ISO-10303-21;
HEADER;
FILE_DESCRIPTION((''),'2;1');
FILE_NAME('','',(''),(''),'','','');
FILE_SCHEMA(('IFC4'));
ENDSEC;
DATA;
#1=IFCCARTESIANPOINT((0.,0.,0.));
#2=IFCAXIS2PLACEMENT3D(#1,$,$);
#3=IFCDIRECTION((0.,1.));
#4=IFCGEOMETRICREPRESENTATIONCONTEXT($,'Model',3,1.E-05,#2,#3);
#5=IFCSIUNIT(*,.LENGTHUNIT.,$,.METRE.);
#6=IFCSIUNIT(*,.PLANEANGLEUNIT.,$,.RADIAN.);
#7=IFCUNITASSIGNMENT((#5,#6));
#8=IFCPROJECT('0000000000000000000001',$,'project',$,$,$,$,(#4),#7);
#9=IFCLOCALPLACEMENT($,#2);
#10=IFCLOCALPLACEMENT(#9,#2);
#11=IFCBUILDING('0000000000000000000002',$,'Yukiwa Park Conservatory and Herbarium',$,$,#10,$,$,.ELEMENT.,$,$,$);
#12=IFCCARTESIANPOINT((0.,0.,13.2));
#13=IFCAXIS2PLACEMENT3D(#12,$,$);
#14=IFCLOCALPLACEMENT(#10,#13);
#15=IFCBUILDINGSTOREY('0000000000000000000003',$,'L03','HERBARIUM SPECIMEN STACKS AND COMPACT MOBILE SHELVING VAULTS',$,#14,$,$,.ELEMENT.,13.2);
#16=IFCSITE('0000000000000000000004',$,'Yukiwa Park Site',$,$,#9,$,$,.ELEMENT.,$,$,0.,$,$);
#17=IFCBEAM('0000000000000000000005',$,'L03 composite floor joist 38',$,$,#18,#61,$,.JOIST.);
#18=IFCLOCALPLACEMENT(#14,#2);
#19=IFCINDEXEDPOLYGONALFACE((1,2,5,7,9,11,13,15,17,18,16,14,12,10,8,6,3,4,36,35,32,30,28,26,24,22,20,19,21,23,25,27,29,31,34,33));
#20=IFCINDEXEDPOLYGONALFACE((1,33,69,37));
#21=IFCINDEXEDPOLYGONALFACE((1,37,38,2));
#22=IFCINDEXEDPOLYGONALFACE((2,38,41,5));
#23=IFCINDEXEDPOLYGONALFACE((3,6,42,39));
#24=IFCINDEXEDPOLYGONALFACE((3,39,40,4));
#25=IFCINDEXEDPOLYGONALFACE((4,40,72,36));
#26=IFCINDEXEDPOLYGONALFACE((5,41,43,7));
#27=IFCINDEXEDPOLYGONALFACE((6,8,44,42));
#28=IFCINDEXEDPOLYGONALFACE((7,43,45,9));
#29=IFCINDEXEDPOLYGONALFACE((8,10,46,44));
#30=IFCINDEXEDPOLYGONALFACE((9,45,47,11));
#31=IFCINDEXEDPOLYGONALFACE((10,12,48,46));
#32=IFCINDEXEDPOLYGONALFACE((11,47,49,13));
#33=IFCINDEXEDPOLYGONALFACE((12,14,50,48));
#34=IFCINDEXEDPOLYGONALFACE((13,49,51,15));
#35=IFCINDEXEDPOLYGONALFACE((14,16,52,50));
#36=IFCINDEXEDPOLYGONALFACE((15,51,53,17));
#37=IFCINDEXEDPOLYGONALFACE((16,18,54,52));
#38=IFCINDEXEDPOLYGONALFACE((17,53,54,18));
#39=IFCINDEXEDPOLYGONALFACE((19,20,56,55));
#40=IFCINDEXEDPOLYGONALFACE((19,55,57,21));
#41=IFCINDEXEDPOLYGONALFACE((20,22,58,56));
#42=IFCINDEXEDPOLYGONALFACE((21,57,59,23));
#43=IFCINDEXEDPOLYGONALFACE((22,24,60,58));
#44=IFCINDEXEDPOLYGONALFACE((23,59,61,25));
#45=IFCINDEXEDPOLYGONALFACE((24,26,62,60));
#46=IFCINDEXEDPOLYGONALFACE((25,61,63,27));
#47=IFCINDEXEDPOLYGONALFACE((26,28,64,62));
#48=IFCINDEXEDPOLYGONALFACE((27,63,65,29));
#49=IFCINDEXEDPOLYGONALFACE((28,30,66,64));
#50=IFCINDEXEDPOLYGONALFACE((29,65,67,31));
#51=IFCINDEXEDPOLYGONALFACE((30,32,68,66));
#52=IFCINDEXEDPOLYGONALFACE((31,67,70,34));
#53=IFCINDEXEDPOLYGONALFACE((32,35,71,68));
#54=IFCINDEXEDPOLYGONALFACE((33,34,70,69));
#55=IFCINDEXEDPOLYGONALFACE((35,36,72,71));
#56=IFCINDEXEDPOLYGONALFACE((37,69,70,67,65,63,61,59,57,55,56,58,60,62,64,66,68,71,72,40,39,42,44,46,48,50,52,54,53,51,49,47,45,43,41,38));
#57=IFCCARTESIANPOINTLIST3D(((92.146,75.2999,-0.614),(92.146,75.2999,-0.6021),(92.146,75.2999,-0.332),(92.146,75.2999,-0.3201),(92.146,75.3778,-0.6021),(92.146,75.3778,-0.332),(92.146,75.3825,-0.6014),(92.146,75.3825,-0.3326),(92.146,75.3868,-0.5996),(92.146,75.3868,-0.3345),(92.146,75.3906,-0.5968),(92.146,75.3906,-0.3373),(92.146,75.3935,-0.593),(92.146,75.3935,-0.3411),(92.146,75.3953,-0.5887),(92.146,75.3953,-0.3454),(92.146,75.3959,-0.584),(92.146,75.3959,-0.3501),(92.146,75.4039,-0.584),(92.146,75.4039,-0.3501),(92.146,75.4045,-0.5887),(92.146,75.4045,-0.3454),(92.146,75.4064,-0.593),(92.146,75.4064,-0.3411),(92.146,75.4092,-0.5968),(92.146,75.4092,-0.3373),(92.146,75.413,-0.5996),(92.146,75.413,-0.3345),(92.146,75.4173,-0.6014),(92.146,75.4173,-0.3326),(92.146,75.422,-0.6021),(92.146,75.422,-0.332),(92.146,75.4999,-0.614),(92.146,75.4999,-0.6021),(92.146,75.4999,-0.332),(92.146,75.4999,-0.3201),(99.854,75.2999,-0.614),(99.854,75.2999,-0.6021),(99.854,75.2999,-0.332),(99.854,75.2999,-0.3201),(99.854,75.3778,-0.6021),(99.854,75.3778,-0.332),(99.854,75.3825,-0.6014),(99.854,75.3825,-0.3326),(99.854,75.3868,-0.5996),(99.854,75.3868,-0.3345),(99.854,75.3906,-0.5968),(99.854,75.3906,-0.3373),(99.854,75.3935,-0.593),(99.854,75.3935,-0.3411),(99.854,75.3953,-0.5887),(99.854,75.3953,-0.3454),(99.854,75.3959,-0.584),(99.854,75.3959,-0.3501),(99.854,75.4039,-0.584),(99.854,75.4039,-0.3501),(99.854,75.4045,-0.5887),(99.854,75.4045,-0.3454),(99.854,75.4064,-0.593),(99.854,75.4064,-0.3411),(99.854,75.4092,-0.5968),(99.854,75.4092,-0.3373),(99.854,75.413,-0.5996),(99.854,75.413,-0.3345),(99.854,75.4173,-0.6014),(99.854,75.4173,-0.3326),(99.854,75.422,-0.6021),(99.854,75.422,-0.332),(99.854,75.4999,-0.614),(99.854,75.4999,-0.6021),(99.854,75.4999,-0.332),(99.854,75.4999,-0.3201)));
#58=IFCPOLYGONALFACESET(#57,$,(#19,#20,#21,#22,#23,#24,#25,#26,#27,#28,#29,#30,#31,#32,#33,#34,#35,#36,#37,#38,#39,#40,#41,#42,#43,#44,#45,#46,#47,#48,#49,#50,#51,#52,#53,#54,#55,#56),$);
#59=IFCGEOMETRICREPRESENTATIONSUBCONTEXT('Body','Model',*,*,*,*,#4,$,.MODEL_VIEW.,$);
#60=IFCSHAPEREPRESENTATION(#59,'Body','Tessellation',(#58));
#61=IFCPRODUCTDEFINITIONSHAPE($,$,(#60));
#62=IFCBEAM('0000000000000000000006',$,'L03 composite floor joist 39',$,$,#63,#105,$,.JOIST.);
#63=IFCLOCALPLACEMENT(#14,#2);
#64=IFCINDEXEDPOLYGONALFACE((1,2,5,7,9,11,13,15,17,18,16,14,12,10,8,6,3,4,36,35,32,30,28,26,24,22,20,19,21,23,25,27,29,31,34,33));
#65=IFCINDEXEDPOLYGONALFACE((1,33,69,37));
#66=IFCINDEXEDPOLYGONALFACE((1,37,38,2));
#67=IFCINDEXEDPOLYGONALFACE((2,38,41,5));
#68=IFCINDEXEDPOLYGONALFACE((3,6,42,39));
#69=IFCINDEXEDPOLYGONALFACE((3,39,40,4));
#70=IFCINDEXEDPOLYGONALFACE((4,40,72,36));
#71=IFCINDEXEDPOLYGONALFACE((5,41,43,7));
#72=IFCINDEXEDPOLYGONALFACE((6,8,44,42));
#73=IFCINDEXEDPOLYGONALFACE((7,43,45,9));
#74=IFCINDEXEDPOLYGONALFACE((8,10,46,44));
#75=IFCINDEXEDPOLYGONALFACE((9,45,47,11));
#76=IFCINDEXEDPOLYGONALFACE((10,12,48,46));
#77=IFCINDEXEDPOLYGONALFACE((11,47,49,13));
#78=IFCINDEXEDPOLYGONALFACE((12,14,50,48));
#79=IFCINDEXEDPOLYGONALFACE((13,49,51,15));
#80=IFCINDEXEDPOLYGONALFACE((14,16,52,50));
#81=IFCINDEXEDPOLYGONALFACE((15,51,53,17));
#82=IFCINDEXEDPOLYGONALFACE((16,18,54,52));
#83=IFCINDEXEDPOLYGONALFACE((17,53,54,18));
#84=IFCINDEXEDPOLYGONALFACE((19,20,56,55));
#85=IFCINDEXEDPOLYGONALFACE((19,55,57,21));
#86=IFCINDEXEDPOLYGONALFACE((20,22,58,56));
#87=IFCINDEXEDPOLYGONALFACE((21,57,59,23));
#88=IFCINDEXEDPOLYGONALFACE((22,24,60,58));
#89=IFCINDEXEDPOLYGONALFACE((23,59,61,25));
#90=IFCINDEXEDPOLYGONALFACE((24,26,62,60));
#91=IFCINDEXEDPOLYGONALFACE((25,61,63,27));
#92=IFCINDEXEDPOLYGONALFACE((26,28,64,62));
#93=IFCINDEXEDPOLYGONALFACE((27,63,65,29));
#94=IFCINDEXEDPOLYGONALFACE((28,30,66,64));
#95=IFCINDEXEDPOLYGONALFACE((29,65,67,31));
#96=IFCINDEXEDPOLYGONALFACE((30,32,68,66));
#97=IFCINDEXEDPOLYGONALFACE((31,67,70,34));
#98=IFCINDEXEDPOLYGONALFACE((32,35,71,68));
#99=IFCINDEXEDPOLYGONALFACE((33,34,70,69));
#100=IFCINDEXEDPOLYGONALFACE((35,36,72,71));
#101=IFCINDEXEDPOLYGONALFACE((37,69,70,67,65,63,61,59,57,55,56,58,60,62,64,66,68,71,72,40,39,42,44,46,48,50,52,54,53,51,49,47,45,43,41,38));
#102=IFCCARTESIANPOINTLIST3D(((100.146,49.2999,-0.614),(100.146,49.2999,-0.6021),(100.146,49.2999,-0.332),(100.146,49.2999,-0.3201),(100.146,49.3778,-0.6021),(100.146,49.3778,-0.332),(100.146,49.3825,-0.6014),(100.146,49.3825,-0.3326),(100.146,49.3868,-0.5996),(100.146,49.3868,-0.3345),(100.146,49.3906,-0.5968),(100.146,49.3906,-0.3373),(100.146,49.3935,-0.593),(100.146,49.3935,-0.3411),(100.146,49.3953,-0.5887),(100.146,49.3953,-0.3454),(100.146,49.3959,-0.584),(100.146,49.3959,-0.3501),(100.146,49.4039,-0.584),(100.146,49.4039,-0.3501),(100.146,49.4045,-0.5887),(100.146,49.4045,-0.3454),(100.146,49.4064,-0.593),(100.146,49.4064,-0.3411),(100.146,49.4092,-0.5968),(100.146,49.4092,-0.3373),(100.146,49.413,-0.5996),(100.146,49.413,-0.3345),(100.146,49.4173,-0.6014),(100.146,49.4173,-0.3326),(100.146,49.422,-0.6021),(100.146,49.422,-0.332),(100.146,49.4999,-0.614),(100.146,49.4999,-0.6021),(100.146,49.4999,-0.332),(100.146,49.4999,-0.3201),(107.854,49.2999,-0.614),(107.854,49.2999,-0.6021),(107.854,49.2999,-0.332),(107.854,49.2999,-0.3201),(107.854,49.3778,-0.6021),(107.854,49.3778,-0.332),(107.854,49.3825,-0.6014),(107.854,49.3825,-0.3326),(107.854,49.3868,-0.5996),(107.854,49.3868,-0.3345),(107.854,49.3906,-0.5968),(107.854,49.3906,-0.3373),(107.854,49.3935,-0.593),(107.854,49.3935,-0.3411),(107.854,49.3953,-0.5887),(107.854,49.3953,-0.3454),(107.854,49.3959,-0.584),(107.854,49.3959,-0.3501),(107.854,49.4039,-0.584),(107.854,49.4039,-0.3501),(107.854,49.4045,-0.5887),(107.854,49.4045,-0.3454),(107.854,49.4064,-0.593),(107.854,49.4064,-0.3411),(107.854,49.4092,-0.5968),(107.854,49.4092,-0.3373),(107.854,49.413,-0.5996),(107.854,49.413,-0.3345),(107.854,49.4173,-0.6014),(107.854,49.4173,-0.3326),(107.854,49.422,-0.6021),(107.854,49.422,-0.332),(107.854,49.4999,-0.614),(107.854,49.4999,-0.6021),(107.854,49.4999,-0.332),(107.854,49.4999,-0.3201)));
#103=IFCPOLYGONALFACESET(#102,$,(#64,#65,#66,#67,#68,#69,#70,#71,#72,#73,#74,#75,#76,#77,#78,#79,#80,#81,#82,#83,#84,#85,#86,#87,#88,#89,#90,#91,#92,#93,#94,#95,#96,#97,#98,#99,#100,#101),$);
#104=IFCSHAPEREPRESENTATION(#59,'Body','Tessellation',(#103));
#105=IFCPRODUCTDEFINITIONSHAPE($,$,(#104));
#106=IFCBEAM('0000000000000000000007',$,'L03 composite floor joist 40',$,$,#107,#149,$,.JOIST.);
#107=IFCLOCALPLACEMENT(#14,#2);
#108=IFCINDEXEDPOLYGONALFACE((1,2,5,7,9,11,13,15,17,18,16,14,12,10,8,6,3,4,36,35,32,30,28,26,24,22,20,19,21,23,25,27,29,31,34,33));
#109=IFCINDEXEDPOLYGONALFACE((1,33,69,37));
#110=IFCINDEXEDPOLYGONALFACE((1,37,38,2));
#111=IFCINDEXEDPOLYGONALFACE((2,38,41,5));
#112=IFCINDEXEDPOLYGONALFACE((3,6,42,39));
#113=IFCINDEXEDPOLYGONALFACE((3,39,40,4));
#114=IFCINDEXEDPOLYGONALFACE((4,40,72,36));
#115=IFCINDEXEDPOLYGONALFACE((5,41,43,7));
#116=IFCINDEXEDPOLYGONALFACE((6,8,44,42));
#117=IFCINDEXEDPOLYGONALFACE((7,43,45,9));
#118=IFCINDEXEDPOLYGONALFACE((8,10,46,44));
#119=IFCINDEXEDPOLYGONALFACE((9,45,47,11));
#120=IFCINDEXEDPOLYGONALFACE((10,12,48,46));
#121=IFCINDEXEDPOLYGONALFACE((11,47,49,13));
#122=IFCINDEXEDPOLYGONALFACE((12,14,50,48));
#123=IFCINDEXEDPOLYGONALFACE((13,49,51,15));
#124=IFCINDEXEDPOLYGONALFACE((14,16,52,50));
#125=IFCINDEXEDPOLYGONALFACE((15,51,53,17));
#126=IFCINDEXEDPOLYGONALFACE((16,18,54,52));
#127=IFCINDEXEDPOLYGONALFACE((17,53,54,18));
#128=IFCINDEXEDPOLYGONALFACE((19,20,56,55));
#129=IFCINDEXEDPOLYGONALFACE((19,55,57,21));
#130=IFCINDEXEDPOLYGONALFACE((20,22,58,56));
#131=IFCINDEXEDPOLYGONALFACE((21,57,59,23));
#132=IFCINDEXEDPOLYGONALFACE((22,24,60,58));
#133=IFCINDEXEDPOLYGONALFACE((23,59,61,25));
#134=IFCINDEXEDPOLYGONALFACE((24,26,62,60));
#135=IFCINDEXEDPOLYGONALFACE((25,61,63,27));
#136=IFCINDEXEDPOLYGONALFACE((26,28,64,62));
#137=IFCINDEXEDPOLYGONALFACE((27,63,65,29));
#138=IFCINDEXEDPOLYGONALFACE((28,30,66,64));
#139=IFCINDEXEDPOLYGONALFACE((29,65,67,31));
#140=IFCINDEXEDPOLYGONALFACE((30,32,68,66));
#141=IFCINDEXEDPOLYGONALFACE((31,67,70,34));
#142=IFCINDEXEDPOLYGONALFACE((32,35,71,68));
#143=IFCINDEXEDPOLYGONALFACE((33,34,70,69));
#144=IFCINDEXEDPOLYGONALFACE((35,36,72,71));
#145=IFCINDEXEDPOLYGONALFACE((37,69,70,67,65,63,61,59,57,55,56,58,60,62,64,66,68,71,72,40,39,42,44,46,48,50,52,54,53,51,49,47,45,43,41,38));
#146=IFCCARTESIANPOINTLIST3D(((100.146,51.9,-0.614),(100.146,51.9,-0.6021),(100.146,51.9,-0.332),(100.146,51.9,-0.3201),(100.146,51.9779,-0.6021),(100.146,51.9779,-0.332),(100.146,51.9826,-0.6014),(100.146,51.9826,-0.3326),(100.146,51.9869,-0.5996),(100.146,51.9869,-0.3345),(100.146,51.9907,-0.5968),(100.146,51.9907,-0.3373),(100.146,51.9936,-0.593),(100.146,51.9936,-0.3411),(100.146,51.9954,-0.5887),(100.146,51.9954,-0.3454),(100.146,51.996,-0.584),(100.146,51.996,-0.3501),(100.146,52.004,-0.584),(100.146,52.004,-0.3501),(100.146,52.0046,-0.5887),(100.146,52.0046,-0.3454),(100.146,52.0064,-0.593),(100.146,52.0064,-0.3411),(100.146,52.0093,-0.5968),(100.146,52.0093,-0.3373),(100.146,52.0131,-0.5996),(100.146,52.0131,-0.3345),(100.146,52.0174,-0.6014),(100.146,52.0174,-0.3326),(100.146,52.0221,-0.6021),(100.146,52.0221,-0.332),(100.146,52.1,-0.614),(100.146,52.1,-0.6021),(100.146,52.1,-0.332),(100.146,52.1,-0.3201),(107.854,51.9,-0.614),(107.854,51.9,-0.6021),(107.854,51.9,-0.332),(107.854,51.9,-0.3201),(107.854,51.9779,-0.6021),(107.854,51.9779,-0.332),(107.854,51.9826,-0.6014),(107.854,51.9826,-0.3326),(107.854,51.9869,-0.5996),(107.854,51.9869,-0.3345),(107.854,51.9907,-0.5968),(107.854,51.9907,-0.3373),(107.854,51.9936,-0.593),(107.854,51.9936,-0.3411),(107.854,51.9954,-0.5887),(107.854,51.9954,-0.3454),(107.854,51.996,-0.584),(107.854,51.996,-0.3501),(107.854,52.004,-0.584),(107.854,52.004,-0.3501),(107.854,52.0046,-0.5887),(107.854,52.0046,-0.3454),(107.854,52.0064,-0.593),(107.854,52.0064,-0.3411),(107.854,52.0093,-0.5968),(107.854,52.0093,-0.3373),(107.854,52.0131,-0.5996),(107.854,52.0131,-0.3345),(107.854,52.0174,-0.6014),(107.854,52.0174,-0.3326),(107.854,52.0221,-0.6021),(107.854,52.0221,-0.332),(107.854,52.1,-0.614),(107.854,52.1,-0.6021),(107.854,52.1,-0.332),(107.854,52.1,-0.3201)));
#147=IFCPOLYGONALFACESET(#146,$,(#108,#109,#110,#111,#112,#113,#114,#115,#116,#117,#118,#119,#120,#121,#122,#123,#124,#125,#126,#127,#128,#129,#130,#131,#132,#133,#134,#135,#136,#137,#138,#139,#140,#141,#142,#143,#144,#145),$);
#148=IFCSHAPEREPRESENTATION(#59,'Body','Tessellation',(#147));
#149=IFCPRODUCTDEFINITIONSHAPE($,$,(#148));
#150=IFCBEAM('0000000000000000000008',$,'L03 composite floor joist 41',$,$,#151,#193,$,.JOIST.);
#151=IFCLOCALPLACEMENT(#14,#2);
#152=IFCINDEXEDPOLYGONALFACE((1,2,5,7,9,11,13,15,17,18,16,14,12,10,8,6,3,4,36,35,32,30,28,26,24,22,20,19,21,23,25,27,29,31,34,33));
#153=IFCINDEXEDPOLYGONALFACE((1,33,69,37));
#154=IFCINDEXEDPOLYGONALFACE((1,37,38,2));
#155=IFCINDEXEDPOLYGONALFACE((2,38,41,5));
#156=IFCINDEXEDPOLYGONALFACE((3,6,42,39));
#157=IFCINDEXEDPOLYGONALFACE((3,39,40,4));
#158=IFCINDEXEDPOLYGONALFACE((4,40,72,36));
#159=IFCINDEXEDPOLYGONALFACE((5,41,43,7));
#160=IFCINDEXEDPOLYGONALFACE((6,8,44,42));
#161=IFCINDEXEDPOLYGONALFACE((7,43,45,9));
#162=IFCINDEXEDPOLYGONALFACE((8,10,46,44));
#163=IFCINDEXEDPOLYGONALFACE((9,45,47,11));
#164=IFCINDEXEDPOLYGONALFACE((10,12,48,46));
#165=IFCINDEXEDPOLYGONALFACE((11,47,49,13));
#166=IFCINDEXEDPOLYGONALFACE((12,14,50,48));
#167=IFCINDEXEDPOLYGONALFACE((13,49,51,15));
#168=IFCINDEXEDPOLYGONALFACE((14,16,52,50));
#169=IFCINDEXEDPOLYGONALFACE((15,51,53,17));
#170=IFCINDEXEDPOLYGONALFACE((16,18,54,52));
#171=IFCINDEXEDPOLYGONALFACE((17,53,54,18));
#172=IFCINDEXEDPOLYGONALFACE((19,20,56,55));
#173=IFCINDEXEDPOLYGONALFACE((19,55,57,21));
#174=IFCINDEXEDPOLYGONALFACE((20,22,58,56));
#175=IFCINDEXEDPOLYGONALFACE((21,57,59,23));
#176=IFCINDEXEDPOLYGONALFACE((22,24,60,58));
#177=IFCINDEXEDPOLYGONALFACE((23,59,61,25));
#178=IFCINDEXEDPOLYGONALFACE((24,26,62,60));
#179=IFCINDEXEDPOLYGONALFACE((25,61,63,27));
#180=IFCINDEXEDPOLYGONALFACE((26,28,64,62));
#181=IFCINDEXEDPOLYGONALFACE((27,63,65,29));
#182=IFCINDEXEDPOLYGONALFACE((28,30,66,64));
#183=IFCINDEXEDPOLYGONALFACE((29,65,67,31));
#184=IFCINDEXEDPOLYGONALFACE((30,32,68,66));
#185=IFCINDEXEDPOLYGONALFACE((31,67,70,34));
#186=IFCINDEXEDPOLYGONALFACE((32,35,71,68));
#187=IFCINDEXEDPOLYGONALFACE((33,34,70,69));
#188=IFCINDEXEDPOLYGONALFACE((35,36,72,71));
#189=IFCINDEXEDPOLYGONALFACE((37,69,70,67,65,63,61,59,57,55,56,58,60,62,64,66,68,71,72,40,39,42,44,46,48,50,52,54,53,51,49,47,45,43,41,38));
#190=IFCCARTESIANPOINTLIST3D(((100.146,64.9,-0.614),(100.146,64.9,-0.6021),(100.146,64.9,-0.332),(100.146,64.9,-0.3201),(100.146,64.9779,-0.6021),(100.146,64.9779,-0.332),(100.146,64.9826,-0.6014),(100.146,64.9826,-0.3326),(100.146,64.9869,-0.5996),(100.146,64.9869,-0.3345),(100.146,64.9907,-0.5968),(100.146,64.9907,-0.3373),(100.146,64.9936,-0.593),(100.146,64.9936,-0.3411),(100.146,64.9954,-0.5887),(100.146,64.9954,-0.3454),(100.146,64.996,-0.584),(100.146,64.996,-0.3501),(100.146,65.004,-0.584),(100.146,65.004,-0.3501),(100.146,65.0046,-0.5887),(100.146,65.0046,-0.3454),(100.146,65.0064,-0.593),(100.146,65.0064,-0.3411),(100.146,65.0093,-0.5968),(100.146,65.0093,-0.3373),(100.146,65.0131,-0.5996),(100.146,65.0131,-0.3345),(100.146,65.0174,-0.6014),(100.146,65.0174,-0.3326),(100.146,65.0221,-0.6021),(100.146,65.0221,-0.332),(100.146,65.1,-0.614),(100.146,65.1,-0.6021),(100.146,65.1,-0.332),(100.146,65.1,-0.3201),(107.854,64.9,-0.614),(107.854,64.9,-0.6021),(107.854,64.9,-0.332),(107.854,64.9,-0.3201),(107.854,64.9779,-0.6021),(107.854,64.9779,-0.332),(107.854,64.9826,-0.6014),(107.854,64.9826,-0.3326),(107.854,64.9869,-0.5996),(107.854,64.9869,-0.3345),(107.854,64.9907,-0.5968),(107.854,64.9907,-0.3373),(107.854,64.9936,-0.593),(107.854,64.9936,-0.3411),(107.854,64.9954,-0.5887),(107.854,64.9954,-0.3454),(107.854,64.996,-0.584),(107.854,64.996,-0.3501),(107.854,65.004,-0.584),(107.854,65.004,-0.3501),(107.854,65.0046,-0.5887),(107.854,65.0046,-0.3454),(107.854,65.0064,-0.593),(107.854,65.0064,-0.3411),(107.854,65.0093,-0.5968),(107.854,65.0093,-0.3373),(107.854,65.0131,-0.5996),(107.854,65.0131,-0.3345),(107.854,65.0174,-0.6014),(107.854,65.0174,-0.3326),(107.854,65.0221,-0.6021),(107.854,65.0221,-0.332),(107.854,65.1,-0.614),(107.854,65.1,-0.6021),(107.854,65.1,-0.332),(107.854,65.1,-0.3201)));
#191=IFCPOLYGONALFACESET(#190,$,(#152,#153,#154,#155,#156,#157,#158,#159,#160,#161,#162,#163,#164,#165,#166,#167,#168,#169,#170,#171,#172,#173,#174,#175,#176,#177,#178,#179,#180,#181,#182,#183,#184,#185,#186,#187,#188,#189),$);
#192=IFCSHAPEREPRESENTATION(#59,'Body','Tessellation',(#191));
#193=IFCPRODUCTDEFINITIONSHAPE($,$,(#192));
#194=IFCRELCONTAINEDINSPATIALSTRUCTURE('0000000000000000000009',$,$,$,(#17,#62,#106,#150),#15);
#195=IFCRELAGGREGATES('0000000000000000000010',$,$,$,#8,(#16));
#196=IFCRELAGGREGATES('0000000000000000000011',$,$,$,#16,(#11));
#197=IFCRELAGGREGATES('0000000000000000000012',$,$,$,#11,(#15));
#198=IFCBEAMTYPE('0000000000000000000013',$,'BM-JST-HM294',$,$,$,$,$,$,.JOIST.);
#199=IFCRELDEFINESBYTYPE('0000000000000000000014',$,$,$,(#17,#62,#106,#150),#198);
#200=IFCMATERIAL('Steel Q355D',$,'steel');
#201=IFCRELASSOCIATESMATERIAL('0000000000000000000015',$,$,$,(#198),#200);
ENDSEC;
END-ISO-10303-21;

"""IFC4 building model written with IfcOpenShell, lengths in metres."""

from ifc_helpers import new_model, si_unit, direction, frame, origin, origin_2d, place, context, subcontext, project, spatial, i_section, extrude, material, material_profile, profile_set, type_object, element, save


model = new_model("IFC4")

# Units and contexts
model_context = context("Model", 3, precision=1e-05, world=origin(), true_north=direction((0.0, 1.0)))
body_context = subcontext(model_context, "Body", "Model", "MODEL_VIEW")
ifc_project = project(units=[si_unit("LENGTHUNIT", "METRE"), si_unit("PLANEANGLEUNIT", "RADIAN")], contexts=[model_context])

# Site, building, storey
site_placement = place(None, origin())
site = spatial("IfcSite", under=ifc_project, at=site_placement, Name="Yukiwa Park Site", CompositionType="ELEMENT", RefElevation=0.0)
building_placement = place(site_placement, origin())
building = spatial("IfcBuilding", under=site, at=building_placement, Name="Yukiwa Park Conservatory and Herbarium", CompositionType="ELEMENT")
storey_placement = place(building_placement, frame((0.0, 0.0, 13.2)))
storey = spatial("IfcBuildingStorey", under=building, at=storey_placement, Name="L03", Description="HERBARIUM SPECIMEN STACKS AND COMPACT MOBILE SHELVING VAULTS", CompositionType="ELEMENT", Elevation=13.2)

# Beams
ifc_material_1 = material(Name="Steel Q355D", Category="steel")
ifc_material_profile_1 = material_profile(ifc_material_1, i_section(OverallWidth=0.2, OverallDepth=0.2939, WebThickness=0.0081, FlangeThickness=0.012, FilletRadius=0.0181, at=origin_2d()), Name="HM 294x200x8x12")
ifc_profile_set_1 = profile_set([ifc_material_profile_1], Name="Steel Q355D")
beam_type_1 = type_object("IfcBeamType", Name="BM-JST-HM294", PredefinedType="JOIST", material=ifc_profile_set_1)
for number, where, z_axis, x_axis, name in (
    (1, (92.146, 75.3999, -0.467), (1.0, 0.0, 0.0), (0.0, 1.0, 0.0), "L03 composite floor joist 38"),
    (2, (100.146, 49.3999, -0.467), (1.0, 0.0, 0.0), (0.0, 1.0, 0.0), "L03 composite floor joist 39"),
    (3, (100.146, 52.0, -0.467), (1.0, 0.0, 0.0), (0.0, 1.0, 0.0), "L03 composite floor joist 40"),
    (4, (100.146, 65.0, -0.467), (1.0, 0.0, 0.0), (0.0, 1.0, 0.0), "L03 composite floor joist 41"),
):
    element("IfcBeam", number, at=place(storey_placement, frame(where, z_axis=z_axis, x_axis=x_axis)), inside=storey, type_object=beam_type_1, Name=name, PredefinedType="JOIST", context=body_context, shape_type="SweptSolid", body=[
        extrude(i_section(OverallWidth=0.2, OverallDepth=0.2939, WebThickness=0.0081, FlangeThickness=0.012, FilletRadius=0.0181, at=origin_2d()), origin(), (0.0, 0.0, 1.0), 7.708),
    ])

save(model, "model.ifc")
